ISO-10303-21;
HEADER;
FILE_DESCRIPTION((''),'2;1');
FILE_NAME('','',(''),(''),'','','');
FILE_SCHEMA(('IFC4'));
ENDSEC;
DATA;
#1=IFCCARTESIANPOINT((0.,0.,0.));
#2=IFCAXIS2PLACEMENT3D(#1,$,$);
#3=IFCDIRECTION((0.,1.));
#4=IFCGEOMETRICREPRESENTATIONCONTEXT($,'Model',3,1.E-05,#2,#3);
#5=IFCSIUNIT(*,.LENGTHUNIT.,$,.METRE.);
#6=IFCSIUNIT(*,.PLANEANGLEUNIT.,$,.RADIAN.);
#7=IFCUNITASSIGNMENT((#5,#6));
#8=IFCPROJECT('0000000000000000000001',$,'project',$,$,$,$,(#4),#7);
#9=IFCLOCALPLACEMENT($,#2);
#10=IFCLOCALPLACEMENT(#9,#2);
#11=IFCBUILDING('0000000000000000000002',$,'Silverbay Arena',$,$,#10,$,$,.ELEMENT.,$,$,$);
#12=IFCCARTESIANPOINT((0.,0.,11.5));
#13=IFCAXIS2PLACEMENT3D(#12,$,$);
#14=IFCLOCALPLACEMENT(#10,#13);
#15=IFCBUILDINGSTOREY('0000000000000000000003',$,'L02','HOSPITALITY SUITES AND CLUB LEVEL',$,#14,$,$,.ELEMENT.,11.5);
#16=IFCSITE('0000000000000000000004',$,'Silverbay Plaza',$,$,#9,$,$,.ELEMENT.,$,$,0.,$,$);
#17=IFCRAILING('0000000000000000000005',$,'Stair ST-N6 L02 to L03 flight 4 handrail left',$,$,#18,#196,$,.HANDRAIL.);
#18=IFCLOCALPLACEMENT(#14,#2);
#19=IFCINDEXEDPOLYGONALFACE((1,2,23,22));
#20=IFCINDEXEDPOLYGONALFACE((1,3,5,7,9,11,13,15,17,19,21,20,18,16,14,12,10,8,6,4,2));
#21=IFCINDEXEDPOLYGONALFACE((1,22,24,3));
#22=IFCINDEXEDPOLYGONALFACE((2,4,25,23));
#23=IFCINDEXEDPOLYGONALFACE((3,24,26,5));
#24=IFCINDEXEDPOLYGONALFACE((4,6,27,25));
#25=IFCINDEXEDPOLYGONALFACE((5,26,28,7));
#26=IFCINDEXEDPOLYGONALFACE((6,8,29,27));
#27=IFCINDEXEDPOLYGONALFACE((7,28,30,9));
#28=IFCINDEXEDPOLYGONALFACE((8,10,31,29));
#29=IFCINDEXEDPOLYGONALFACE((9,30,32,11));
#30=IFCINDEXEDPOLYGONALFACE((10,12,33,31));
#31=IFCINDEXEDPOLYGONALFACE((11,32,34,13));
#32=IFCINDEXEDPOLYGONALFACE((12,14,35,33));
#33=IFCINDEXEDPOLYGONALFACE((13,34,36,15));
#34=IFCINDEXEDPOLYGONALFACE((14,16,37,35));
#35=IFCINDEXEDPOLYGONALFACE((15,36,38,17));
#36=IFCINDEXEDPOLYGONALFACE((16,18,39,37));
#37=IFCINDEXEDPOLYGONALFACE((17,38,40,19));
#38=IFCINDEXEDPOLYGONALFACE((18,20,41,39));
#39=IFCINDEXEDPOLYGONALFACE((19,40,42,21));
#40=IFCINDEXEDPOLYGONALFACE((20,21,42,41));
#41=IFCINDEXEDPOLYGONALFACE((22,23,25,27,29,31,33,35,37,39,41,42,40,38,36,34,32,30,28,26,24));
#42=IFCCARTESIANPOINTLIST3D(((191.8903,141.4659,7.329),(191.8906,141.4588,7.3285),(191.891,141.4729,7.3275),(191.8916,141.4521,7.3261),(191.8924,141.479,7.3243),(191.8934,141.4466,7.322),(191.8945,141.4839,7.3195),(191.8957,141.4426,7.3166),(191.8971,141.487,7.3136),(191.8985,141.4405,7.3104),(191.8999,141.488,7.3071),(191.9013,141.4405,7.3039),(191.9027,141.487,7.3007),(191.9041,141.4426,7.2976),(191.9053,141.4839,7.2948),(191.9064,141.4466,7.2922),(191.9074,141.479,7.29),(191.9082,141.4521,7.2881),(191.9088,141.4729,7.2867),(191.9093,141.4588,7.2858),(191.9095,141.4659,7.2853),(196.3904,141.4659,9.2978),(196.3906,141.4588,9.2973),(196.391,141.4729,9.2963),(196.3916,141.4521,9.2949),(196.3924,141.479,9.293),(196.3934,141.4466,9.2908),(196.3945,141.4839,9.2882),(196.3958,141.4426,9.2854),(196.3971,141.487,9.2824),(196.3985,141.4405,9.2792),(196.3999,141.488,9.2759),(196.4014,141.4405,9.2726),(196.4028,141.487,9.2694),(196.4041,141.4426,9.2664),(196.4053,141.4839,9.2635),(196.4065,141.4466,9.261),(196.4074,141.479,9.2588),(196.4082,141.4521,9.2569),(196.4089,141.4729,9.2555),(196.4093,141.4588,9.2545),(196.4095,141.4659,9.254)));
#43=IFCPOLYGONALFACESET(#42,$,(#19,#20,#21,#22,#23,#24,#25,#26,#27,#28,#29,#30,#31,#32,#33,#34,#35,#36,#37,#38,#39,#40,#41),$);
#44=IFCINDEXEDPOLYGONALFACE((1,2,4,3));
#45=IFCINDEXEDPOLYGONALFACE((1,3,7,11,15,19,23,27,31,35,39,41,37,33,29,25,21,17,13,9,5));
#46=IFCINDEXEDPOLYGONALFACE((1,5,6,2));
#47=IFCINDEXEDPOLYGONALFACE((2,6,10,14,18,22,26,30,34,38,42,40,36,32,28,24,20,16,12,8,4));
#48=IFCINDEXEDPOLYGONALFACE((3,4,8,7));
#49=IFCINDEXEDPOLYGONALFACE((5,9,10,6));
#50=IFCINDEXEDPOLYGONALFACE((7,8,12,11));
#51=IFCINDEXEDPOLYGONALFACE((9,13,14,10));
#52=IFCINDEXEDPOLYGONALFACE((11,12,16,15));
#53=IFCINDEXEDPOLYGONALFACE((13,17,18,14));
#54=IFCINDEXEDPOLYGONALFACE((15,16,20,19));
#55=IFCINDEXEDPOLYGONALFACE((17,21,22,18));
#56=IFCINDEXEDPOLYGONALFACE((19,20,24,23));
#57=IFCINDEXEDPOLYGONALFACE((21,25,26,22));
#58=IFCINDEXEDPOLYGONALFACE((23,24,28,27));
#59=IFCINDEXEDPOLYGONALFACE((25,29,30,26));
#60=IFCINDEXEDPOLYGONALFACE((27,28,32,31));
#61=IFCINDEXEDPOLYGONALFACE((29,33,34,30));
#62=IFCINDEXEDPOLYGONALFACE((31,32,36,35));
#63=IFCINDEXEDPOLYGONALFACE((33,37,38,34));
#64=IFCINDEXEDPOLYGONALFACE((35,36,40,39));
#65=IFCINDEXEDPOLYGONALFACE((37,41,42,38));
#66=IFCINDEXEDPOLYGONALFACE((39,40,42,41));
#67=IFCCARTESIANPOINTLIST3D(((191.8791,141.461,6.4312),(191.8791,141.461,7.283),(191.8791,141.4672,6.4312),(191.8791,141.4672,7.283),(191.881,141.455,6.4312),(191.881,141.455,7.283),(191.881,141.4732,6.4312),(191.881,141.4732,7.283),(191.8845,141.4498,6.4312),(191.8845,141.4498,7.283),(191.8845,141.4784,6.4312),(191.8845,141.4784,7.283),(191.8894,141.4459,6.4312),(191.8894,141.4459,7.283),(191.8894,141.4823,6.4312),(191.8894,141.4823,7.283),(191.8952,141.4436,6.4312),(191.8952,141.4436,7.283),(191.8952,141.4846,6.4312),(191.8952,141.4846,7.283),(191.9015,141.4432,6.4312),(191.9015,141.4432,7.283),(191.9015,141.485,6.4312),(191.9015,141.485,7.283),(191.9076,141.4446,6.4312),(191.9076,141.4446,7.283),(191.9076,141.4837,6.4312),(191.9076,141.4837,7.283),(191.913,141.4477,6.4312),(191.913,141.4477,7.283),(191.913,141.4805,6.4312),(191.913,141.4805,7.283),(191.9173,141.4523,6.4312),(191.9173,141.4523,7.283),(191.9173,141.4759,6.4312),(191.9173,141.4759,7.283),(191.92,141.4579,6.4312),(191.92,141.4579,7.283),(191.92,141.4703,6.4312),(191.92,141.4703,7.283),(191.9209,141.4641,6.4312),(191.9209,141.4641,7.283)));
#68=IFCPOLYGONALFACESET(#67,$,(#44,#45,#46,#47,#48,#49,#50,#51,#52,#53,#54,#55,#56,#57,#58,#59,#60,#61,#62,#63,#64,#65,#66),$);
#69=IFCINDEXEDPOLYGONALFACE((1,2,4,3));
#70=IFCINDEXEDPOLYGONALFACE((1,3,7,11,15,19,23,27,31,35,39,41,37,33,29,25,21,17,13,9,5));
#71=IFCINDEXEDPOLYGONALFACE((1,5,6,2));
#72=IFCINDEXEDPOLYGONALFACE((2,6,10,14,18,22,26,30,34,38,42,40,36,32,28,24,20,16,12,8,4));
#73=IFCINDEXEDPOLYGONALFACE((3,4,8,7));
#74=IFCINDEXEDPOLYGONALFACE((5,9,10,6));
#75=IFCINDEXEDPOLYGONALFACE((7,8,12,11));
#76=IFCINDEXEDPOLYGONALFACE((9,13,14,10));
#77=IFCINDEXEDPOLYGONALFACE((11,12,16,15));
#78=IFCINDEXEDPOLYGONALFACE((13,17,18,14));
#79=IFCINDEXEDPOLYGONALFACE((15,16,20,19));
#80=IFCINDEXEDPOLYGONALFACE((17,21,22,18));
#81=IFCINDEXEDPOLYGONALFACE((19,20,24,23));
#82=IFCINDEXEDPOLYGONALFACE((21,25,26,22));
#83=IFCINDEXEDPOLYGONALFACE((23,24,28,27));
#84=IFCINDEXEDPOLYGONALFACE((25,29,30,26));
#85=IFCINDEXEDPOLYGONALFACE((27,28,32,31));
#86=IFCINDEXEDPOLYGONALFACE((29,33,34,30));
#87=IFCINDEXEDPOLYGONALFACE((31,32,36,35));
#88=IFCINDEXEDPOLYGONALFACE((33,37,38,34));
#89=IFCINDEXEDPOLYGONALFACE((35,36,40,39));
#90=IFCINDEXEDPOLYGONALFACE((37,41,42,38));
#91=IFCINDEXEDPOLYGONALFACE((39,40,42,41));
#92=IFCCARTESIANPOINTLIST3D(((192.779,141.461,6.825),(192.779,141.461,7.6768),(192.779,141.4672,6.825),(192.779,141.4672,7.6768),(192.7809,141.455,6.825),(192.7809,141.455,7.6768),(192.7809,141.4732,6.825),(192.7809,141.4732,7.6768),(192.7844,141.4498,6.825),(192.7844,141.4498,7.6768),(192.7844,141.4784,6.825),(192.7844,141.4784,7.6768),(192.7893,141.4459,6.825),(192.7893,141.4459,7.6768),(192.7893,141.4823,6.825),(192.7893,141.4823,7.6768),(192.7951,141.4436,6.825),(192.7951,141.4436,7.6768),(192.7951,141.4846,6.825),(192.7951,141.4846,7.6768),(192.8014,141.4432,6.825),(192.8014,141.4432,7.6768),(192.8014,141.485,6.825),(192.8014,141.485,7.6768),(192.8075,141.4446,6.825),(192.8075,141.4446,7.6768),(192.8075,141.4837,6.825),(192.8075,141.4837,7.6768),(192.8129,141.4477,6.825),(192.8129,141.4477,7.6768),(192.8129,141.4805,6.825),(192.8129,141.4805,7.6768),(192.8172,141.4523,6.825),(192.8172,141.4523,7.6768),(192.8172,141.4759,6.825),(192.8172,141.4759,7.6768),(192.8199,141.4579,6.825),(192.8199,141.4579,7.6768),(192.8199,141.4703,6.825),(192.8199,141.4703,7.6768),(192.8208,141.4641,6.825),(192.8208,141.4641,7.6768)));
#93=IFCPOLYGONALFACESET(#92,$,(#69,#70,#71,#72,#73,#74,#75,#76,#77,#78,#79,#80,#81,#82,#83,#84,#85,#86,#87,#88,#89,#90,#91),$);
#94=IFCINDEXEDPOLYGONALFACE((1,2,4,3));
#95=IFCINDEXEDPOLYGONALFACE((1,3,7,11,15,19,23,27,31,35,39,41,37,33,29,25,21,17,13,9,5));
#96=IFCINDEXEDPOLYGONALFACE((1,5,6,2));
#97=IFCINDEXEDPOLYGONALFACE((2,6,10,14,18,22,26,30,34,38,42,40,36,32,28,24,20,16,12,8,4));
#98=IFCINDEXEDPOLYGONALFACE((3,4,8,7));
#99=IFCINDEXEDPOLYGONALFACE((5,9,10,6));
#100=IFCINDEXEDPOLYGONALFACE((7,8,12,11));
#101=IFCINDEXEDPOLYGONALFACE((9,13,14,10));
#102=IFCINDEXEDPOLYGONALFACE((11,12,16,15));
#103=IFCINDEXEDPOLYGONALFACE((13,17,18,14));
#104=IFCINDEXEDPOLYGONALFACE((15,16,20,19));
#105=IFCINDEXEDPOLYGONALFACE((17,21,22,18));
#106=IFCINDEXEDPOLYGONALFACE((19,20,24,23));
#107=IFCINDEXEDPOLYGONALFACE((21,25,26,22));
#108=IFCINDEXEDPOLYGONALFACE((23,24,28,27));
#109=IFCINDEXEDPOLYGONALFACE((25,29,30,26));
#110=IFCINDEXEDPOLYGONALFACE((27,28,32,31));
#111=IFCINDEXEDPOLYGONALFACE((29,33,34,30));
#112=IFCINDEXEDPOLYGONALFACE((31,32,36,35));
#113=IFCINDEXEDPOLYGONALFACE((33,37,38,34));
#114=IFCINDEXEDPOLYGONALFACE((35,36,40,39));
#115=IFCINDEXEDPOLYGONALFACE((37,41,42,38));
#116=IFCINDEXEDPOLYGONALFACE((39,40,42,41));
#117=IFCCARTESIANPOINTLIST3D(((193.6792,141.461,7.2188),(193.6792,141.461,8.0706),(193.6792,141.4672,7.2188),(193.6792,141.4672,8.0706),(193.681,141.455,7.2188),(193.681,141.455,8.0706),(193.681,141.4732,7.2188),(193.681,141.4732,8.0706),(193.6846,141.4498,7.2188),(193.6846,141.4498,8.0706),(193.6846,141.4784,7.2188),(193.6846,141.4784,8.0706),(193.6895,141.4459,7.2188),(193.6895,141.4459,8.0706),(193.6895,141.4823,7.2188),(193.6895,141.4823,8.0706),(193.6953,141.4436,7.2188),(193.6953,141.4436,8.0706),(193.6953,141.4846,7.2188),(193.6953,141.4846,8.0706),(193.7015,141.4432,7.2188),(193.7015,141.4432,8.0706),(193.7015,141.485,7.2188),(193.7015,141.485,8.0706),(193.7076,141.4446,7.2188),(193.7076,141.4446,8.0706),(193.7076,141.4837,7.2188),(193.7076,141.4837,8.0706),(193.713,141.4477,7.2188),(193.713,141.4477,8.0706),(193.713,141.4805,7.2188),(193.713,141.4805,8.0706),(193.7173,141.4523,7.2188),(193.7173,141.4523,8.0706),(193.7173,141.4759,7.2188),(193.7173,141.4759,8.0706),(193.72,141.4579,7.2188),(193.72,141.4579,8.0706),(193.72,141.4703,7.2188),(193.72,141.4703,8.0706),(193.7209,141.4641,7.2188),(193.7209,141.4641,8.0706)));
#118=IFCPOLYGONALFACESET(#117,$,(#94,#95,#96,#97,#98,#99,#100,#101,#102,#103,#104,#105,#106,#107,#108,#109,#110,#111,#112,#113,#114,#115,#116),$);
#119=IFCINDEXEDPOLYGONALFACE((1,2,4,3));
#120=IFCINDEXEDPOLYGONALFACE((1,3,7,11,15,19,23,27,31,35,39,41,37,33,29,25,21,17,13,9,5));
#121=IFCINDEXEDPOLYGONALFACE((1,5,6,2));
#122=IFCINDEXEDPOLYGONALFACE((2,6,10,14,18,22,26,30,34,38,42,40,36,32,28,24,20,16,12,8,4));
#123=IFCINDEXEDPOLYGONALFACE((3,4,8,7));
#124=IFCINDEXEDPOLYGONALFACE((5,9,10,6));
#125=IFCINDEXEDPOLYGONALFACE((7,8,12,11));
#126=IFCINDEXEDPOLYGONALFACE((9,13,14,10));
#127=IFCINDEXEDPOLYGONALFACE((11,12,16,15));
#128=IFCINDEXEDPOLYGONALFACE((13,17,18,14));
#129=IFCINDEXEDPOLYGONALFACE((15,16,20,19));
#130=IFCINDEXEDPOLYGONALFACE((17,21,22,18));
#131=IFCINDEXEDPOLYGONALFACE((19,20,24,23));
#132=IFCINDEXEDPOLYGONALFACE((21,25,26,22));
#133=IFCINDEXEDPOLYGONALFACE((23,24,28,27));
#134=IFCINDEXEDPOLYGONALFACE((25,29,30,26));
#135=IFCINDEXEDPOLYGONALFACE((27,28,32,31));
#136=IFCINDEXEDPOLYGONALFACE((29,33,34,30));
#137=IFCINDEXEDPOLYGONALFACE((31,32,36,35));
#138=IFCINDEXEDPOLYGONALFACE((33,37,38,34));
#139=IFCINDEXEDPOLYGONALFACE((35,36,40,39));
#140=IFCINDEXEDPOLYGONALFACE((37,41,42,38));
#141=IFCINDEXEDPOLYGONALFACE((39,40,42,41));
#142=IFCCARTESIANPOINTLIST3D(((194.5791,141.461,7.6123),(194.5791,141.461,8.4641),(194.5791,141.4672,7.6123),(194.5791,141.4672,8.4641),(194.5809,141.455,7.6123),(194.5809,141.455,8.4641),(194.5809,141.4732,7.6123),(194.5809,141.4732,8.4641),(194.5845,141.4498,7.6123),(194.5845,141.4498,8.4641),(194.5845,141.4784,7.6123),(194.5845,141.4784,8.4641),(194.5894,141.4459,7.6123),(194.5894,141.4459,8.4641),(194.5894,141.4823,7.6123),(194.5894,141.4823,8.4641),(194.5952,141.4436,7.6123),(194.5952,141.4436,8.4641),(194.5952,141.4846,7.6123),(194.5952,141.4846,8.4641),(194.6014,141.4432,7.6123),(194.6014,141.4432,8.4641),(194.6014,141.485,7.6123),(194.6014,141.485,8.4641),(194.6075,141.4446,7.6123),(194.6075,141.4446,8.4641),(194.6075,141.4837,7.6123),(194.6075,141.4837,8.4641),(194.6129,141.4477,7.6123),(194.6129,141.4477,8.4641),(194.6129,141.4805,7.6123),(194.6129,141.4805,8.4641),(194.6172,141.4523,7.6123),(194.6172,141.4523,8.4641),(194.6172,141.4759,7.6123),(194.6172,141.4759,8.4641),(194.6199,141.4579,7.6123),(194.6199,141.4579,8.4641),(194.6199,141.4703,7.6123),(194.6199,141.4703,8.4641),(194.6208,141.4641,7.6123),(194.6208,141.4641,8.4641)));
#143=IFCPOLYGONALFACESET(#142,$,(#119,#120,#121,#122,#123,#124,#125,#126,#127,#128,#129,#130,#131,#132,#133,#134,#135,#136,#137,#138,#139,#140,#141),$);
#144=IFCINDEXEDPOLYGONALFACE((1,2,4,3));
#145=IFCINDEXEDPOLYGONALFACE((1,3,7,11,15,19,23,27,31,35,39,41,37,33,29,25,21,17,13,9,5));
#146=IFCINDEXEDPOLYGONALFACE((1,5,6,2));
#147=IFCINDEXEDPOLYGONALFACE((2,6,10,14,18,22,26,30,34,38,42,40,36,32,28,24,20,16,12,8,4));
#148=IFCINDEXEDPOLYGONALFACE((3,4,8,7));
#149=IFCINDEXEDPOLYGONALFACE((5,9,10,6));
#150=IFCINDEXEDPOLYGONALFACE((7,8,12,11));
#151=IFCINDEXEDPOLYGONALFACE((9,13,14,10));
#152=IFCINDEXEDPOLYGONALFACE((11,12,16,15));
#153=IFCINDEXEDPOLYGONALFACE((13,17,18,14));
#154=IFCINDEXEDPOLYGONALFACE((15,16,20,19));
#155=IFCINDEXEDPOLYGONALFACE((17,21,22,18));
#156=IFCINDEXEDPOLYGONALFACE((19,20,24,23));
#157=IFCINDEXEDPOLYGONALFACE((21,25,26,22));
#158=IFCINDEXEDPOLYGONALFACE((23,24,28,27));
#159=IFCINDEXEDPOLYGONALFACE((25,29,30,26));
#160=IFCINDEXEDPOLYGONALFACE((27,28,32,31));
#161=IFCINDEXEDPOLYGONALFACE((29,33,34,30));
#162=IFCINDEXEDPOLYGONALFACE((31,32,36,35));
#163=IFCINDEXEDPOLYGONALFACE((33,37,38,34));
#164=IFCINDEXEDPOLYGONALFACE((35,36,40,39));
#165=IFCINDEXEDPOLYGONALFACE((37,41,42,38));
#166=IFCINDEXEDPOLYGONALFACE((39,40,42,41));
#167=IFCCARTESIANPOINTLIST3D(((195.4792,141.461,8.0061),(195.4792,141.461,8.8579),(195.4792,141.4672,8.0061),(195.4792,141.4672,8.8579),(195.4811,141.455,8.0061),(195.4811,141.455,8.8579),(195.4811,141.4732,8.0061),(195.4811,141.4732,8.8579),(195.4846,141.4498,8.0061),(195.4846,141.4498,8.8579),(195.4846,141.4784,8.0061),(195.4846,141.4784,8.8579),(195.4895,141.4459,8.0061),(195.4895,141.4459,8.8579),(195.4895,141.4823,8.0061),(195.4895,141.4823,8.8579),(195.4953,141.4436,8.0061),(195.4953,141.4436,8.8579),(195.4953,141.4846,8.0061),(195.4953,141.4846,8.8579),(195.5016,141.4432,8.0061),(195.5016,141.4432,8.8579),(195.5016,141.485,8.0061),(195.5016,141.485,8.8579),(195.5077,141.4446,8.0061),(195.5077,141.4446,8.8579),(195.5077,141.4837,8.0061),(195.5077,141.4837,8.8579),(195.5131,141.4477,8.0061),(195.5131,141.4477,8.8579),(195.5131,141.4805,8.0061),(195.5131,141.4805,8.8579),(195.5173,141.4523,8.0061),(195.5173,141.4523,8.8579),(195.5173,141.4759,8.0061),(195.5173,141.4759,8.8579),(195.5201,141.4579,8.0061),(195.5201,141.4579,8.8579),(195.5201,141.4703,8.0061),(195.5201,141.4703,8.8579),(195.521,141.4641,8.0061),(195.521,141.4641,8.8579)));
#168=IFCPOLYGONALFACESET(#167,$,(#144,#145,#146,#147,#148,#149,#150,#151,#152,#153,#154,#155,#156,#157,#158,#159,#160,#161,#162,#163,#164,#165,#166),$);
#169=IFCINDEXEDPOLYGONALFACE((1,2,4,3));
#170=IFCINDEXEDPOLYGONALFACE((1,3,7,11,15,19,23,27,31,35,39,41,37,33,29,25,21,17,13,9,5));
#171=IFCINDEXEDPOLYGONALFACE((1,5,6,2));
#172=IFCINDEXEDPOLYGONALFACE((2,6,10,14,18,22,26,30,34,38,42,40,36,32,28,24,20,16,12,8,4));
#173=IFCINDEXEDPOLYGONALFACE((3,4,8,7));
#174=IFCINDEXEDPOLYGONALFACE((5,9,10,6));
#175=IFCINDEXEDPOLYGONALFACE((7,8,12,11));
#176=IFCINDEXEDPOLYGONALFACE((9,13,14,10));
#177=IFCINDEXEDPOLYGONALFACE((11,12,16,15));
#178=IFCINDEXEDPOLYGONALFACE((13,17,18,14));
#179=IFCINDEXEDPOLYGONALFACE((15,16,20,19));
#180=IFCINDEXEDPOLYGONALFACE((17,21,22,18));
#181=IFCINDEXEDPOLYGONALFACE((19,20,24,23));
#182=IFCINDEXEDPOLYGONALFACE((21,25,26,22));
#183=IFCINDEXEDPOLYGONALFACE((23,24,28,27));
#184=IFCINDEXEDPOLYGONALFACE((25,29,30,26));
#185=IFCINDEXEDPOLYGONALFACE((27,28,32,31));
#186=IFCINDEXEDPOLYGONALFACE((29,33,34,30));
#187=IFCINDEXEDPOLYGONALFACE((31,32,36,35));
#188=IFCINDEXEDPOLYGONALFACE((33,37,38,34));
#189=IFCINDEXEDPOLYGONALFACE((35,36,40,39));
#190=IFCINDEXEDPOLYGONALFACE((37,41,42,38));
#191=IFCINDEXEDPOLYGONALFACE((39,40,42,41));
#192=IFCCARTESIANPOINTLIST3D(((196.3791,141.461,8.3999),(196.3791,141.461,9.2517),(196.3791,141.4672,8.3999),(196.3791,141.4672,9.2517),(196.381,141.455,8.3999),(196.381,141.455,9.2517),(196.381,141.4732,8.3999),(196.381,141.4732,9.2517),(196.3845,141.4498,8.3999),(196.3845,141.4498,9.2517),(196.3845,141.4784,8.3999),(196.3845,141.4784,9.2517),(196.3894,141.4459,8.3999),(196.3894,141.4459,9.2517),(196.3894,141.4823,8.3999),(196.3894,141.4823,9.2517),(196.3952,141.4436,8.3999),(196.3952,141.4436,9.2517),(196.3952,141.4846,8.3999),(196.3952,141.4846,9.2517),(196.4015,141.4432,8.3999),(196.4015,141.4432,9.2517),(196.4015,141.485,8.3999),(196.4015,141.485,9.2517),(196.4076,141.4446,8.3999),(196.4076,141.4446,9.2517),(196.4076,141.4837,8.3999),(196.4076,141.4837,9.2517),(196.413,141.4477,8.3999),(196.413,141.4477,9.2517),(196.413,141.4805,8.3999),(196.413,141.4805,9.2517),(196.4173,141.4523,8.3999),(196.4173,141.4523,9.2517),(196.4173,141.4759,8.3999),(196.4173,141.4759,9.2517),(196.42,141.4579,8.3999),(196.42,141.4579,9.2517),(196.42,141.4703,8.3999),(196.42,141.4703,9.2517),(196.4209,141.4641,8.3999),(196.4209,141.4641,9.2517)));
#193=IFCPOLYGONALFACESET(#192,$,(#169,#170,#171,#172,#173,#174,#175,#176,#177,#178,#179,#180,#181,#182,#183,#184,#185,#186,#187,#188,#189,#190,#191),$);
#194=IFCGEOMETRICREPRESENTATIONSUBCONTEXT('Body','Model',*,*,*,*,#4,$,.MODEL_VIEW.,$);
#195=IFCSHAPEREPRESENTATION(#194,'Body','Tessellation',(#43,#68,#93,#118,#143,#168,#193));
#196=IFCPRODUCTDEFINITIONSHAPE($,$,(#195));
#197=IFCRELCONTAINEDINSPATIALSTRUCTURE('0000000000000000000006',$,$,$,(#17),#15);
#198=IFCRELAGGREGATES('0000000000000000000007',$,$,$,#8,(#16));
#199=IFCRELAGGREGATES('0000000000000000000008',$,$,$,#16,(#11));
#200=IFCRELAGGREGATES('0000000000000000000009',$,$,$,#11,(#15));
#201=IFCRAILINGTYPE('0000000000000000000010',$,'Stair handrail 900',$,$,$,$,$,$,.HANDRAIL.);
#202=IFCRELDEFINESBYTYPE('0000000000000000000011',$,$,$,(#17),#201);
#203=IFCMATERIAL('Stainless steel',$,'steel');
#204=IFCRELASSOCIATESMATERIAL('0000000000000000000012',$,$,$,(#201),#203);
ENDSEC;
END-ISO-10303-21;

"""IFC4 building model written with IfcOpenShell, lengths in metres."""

from ifc_helpers import new_model, si_unit, direction, frame, origin, origin_2d, place, context, subcontext, project, spatial, circle, extrude, material, type_object, element, save


model = new_model("IFC4")

# Units and contexts
model_context = context("Model", 3, precision=1e-05, world=origin(), true_north=direction((0.0, 1.0)))
body_context = subcontext(model_context, "Body", "Model", "MODEL_VIEW")
ifc_project = project(units=[si_unit("LENGTHUNIT", "METRE"), si_unit("PLANEANGLEUNIT", "RADIAN")], contexts=[model_context])

# Site, building, storey
site_placement = place(None, origin())
site = spatial("IfcSite", under=ifc_project, at=site_placement, Name="Silverbay Plaza", CompositionType="ELEMENT", RefElevation=0.0)
building_placement = place(site_placement, origin())
building = spatial("IfcBuilding", under=site, at=building_placement, Name="Silverbay Arena", CompositionType="ELEMENT")
storey_placement = place(building_placement, frame((0.0, 0.0, 11.5)))
storey = spatial("IfcBuildingStorey", under=building, at=storey_placement, Name="L02", Description="HOSPITALITY SUITES AND CLUB LEVEL", CompositionType="ELEMENT", Elevation=11.5)

# Railing
ifc_material_1 = material(Name="Stainless steel", Category="steel")
railing_type_1 = type_object("IfcRailingType", Name="Stair handrail 900", PredefinedType="HANDRAIL", material=ifc_material_1)
for number, where, name in (
    (1, (191.8999, 141.4641, 6.4312), "Stair ST-N6 L02 to L03 flight 4 handrail left"),
):
    element("IfcRailing", number, at=place(storey_placement, frame(where)), inside=storey, type_object=railing_type_1, Name=name, PredefinedType="HANDRAIL", context=body_context, shape_type="SweptSolid", body=[
        extrude(circle(Radius=0.0239, at=origin_2d()), frame((0.0, 0.0, 0.876), z_axis=(0.916157, 0.0, 0.400819), x_axis=(0.0, 1.0, 0.0)), (0.0, 0.0, 1.0), 4.9119),
        extrude(circle(Radius=0.021, at=origin_2d()), origin(), (0.0, 0.0, 1.0), 0.8518),
        extrude(circle(Radius=0.021, at=origin_2d()), frame((0.8999, 0.0, 0.3938)), (0.0, 0.0, 1.0), 0.8518),
        extrude(circle(Radius=0.021, at=origin_2d()), frame((1.8, 0.0, 0.7876)), (0.0, 0.0, 1.0), 0.8518),
        extrude(circle(Radius=0.021, at=origin_2d()), frame((2.7, 0.0, 1.1812)), (0.0, 0.0, 1.0), 0.8518),
        extrude(circle(Radius=0.021, at=origin_2d()), frame((3.6001, 0.0, 1.575)), (0.0, 0.0, 1.0), 0.8518),
        extrude(circle(Radius=0.021, at=origin_2d()), frame((4.5, 0.0, 1.9688)), (0.0, 0.0, 1.0), 0.8518),
    ])

save(model, "model.ifc")
